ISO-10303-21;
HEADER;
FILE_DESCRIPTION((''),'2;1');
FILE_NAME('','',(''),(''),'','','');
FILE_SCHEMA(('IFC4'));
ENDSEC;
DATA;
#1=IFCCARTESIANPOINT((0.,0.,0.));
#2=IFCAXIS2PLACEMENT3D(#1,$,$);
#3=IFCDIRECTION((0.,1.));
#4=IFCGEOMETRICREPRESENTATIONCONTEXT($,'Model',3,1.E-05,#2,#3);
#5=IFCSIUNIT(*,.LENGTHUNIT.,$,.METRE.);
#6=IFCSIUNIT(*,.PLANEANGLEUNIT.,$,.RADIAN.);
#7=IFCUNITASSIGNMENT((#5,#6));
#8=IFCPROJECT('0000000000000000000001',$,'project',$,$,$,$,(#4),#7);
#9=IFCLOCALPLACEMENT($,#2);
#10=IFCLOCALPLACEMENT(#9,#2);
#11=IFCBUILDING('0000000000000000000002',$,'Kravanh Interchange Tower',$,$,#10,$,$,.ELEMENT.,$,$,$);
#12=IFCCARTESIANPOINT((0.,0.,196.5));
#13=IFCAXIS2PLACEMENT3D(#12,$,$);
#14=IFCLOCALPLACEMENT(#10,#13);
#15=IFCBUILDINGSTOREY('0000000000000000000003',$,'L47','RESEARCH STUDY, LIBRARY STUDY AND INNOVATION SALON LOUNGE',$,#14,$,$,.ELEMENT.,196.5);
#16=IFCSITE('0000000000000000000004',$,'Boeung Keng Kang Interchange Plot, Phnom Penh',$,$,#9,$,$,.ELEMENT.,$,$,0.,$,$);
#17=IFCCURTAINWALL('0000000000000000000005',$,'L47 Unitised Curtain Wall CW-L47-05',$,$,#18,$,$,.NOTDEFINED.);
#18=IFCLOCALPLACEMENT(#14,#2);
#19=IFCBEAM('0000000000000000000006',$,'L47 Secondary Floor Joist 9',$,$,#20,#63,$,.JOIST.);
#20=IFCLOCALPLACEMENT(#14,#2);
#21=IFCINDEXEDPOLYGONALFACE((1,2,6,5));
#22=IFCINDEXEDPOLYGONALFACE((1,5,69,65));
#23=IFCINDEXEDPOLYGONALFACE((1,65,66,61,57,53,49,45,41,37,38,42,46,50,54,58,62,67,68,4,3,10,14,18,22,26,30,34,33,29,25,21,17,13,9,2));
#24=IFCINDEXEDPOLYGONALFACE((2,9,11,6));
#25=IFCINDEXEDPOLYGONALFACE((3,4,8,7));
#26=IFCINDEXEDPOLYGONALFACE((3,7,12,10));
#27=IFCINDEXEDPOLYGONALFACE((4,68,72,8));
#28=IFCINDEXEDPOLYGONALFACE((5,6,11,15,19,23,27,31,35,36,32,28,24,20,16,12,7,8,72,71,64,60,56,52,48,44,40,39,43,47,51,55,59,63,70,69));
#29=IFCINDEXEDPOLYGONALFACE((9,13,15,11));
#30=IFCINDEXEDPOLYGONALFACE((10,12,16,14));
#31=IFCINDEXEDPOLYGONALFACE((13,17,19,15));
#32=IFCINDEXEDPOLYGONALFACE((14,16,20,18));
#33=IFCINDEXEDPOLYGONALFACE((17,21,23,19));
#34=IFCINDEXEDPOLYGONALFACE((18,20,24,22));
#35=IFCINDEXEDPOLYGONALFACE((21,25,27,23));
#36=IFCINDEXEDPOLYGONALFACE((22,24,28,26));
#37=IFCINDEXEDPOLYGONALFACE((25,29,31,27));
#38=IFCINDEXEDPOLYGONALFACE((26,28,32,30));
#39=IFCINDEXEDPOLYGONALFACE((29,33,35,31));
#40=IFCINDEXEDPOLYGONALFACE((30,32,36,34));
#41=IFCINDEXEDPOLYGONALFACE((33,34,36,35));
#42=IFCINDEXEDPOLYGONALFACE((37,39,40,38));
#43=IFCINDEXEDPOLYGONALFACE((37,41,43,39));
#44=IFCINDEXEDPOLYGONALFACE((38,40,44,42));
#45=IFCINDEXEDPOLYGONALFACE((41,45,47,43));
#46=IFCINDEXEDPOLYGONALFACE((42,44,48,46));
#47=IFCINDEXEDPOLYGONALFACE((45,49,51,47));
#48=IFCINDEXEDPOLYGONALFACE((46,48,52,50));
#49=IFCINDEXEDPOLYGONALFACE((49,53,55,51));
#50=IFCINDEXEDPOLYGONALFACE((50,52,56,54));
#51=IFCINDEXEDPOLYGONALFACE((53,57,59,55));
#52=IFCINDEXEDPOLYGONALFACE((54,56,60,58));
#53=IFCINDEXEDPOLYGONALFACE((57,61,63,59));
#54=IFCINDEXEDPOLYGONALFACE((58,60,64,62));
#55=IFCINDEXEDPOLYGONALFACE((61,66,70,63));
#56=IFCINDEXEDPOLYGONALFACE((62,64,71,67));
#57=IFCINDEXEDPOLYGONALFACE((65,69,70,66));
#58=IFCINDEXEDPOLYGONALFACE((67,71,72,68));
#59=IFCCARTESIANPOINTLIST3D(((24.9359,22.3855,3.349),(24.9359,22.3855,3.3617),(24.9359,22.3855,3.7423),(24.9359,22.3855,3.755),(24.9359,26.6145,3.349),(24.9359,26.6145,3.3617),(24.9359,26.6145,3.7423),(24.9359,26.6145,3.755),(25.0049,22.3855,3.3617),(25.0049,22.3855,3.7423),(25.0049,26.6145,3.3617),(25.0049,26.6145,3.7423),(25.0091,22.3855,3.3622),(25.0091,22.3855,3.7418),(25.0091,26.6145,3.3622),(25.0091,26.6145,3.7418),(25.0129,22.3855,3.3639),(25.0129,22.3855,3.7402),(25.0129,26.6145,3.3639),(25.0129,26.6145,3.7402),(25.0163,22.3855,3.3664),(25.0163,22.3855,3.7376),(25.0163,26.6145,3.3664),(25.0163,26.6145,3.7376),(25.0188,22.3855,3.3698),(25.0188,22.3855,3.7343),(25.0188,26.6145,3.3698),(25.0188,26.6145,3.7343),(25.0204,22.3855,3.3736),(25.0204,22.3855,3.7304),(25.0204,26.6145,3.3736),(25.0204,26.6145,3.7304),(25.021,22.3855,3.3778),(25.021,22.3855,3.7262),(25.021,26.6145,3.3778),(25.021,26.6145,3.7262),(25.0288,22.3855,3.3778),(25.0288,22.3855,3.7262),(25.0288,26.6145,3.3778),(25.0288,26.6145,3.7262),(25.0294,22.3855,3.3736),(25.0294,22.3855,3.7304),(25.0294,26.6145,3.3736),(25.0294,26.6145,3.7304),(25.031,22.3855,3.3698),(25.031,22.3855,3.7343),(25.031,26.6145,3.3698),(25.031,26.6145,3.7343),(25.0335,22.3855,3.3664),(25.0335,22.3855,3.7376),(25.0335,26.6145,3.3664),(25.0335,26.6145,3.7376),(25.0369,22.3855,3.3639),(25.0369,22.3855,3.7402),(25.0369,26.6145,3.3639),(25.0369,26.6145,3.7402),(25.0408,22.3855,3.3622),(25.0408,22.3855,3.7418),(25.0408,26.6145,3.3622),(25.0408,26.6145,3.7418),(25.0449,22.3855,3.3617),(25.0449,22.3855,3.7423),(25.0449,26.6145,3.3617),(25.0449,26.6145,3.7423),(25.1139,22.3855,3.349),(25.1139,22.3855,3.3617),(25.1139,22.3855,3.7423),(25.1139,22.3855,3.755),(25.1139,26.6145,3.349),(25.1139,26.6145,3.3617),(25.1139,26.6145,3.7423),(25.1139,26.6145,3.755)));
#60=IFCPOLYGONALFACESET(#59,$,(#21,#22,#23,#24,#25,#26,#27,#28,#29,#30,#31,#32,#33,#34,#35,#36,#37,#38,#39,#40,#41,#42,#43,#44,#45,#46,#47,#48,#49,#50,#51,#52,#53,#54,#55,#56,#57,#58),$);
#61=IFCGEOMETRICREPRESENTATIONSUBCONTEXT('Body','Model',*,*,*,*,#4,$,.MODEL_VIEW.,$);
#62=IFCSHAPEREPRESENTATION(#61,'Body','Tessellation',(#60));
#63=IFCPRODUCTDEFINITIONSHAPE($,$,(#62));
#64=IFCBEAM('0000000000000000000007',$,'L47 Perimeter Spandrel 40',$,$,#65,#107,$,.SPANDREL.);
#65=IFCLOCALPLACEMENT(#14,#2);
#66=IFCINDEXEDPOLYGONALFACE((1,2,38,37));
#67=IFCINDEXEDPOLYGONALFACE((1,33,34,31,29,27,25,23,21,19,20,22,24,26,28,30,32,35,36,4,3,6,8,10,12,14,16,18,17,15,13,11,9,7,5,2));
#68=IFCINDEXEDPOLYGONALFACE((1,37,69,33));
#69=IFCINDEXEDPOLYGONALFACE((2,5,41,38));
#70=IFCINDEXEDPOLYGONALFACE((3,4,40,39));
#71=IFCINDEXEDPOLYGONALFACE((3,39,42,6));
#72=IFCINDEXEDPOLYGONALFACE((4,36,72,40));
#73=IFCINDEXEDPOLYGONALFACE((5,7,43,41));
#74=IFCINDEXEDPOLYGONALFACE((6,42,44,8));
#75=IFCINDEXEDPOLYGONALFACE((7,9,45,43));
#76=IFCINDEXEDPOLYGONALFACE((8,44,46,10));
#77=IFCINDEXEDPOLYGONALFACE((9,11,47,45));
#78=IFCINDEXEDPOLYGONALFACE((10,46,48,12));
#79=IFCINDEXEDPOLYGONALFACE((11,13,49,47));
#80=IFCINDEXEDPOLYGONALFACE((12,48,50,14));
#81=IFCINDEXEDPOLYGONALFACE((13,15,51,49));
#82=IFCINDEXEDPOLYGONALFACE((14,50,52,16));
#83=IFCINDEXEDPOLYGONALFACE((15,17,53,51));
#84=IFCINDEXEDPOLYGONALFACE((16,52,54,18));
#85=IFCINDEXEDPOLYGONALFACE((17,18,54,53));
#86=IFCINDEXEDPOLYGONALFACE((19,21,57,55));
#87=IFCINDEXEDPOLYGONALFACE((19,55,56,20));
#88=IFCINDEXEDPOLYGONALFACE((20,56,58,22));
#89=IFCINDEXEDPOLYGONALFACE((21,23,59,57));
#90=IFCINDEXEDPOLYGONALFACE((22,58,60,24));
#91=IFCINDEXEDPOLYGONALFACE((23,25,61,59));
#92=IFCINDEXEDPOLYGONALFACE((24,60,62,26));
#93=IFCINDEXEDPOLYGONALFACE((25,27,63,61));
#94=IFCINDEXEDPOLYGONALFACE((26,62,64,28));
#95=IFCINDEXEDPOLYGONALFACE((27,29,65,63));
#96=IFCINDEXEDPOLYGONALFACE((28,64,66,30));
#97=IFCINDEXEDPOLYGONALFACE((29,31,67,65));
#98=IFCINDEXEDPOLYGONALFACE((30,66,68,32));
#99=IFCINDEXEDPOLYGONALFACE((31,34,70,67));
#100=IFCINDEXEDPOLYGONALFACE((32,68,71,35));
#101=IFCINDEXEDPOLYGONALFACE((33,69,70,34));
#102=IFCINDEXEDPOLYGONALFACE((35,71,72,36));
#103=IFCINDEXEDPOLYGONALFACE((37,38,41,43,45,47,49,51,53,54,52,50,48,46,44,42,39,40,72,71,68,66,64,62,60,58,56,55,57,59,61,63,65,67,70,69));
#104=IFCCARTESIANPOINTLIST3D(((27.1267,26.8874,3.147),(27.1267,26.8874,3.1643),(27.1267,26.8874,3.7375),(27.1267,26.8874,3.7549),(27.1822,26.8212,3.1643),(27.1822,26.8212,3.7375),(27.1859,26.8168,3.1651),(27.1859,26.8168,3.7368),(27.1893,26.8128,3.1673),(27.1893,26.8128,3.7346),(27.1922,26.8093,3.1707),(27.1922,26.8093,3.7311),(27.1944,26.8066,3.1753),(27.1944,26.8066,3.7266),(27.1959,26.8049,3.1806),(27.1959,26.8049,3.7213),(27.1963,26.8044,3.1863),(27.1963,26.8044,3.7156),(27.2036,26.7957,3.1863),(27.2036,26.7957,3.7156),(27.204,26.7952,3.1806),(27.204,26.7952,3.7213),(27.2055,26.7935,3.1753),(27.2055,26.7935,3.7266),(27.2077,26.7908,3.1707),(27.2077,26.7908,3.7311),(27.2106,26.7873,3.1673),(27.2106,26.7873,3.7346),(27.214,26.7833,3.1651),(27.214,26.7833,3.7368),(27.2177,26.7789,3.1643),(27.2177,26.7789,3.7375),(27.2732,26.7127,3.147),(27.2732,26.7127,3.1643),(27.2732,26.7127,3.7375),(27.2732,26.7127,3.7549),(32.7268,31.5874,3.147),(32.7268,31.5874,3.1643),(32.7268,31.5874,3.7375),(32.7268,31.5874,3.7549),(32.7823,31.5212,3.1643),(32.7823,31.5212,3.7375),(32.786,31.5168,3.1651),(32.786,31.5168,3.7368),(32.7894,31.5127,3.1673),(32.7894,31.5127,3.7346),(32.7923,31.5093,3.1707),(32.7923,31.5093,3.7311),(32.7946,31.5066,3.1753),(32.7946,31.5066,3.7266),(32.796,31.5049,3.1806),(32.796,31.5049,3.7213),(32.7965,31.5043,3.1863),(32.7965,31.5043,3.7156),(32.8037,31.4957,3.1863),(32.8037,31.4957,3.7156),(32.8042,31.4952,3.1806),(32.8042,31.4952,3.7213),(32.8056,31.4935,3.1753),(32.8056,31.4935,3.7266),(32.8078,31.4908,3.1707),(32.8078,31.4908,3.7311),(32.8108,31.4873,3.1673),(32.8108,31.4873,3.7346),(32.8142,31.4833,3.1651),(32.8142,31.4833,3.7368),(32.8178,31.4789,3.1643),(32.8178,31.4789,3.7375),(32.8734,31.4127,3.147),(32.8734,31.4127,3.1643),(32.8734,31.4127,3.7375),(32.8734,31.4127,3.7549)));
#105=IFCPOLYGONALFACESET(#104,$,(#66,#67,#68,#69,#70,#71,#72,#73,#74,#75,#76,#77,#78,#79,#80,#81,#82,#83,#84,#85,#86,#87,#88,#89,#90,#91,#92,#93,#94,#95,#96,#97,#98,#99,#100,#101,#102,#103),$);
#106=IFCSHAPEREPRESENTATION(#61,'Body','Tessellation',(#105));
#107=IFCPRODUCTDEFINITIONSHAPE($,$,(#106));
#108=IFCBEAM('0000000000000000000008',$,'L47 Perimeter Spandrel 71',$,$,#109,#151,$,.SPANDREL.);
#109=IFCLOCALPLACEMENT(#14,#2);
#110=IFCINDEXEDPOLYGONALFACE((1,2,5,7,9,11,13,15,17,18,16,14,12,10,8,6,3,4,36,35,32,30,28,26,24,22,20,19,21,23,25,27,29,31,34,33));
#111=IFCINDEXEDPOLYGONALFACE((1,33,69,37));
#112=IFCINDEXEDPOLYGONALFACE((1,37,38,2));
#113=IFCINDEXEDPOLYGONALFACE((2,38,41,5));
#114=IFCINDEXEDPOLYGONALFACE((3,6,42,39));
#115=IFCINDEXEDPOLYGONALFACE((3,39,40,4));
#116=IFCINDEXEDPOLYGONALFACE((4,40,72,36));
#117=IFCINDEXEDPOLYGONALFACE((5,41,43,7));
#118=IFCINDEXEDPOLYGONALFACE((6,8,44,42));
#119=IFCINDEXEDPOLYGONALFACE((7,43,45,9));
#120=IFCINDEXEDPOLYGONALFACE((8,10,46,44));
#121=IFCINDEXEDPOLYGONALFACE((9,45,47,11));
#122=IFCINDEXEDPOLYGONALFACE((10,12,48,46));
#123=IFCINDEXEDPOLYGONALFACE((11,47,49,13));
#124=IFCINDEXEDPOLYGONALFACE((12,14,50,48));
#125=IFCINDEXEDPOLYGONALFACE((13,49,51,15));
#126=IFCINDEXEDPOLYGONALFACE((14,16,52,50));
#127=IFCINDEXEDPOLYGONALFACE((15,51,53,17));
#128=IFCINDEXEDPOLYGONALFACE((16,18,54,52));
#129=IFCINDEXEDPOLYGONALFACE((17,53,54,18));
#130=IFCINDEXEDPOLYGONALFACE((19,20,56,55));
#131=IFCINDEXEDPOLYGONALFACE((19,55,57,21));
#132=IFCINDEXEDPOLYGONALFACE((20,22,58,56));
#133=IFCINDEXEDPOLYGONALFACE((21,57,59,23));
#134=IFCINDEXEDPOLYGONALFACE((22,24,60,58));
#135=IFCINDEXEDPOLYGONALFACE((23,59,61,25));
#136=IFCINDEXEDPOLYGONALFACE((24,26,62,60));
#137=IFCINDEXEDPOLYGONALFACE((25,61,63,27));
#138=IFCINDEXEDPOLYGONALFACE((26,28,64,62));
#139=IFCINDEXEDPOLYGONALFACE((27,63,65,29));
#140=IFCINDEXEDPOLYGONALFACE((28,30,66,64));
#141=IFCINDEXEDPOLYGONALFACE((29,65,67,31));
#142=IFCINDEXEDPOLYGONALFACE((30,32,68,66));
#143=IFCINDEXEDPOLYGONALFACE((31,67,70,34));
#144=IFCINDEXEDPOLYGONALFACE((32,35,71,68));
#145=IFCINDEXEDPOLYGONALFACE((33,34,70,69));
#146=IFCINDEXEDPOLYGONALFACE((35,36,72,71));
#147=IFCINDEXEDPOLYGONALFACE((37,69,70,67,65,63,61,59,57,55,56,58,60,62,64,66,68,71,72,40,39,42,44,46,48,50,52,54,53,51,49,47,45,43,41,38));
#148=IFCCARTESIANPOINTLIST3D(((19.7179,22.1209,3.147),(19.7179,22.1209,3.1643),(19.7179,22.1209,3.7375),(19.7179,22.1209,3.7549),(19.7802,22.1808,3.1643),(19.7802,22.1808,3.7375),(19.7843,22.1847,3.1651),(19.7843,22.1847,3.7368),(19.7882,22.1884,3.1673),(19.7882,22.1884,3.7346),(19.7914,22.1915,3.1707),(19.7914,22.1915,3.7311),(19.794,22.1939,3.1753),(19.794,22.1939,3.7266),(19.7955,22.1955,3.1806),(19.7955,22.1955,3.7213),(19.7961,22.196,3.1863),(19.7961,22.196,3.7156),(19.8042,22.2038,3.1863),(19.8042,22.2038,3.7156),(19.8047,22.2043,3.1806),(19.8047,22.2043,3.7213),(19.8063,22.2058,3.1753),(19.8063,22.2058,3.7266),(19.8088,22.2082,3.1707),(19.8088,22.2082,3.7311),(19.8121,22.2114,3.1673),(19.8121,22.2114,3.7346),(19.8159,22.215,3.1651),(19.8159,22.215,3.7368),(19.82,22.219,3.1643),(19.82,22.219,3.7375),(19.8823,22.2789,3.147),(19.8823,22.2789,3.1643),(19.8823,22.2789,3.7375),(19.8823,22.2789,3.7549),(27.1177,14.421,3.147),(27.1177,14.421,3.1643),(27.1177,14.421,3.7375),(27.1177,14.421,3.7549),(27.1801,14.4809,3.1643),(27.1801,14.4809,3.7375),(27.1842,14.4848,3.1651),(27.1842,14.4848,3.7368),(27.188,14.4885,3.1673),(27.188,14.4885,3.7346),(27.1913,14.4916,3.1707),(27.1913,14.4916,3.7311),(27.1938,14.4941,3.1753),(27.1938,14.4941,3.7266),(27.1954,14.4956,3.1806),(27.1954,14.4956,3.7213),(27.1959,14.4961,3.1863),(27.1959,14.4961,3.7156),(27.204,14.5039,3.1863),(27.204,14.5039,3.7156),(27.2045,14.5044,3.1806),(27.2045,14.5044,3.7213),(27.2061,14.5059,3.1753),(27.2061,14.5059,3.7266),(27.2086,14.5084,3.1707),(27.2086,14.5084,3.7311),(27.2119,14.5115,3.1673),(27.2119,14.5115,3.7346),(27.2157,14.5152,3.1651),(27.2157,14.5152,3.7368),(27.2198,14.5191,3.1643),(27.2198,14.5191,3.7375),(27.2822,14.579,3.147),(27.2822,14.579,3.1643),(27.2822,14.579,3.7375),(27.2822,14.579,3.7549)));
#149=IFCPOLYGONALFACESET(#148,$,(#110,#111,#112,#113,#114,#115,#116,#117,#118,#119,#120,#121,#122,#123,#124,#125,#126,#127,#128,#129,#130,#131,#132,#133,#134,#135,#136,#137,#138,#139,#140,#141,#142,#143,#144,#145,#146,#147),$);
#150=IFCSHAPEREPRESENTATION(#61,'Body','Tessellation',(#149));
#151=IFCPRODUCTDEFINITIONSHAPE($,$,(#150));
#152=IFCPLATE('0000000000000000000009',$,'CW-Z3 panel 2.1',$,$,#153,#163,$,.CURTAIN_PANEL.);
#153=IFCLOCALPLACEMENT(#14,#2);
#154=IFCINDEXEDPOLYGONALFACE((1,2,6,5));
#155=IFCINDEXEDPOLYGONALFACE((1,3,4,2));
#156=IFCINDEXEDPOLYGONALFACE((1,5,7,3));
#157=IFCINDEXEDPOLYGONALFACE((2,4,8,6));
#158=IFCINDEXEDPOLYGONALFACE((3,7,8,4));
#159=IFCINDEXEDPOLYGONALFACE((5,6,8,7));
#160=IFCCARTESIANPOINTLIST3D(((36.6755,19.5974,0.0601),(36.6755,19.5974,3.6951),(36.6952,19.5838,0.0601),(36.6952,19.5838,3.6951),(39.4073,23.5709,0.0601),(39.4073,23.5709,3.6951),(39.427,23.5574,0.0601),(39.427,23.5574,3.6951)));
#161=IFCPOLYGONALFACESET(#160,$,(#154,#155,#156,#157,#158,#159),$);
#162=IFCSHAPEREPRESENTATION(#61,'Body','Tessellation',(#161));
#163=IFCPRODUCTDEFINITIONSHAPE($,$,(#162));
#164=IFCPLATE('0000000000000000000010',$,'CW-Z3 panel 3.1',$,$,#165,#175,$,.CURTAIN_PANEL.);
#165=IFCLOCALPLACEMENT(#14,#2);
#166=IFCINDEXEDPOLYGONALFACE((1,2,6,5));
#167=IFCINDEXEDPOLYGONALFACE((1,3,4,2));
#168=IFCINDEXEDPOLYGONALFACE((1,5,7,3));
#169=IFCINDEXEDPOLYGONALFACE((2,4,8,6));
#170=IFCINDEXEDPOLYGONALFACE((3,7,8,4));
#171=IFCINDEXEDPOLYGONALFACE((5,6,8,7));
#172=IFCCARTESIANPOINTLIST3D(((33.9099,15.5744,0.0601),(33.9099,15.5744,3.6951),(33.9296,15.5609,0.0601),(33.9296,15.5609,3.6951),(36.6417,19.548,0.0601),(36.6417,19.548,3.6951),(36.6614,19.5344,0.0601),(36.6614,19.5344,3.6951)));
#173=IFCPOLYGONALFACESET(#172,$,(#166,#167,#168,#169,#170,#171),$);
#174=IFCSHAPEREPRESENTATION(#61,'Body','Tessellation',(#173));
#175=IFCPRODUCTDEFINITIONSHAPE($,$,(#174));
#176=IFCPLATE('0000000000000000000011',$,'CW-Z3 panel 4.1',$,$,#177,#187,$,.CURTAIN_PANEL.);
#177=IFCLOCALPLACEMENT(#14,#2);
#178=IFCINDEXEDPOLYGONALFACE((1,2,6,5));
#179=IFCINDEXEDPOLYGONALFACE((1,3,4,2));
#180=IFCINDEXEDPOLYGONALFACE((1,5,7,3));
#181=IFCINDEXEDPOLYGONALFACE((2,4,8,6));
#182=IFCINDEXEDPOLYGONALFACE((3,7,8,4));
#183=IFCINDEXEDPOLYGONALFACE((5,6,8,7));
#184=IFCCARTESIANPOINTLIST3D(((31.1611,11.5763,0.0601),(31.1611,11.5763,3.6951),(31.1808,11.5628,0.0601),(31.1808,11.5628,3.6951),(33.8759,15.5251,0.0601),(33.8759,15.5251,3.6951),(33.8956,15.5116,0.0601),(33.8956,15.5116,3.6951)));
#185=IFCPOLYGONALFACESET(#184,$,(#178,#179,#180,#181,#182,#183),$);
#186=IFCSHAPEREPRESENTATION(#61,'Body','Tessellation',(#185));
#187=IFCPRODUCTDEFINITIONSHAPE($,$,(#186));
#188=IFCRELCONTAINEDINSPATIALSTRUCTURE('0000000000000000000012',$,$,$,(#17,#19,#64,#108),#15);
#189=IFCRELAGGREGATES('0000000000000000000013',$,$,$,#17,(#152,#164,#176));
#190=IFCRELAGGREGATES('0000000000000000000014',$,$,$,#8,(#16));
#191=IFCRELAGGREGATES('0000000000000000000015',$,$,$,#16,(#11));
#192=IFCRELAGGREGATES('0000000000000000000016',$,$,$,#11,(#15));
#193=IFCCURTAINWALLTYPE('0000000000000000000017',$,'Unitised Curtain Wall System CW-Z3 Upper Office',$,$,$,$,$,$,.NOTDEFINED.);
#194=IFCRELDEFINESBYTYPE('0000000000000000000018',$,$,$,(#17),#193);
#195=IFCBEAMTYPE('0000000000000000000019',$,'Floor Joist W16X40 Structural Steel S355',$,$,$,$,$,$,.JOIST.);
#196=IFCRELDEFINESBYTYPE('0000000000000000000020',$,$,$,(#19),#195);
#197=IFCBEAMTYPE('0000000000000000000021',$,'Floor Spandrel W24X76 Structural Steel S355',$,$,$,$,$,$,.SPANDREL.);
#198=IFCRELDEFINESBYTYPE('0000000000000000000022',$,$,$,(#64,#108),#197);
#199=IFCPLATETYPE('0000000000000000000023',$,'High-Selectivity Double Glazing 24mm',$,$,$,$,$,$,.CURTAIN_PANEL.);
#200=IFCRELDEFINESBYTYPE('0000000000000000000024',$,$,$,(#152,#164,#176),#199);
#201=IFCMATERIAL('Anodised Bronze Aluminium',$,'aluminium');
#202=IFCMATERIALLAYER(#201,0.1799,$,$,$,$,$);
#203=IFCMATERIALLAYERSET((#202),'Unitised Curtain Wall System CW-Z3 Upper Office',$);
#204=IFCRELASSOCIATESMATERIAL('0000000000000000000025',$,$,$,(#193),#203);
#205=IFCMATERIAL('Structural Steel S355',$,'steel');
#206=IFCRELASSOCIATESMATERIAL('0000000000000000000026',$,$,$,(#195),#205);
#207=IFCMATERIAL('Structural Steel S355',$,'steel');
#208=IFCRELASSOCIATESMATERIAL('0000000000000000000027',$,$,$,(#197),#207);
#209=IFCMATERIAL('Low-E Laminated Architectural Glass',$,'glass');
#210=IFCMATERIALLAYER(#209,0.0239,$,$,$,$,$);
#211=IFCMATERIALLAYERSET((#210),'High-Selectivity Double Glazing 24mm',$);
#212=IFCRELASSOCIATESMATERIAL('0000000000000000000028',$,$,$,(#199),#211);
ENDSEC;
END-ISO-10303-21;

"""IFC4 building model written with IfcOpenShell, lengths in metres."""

from ifc_helpers import new_model, si_unit, direction, frame, origin, origin_2d, place, context, subcontext, project, spatial, rectangle, i_section, extrude, material, layer, layer_set, material_profile, profile_set, type_object, element, aggregate, save


model = new_model("IFC4")

# Units and contexts
model_context = context("Model", 3, precision=1e-05, world=origin(), true_north=direction((0.0, 1.0)))
body_context = subcontext(model_context, "Body", "Model", "MODEL_VIEW")
ifc_project = project(units=[si_unit("LENGTHUNIT", "METRE"), si_unit("PLANEANGLEUNIT", "RADIAN")], contexts=[model_context])

# Site, building, storey
site_placement = place(None, origin())
site = spatial("IfcSite", under=ifc_project, at=site_placement, Name="Boeung Keng Kang Interchange Plot, Phnom Penh", CompositionType="ELEMENT", RefElevation=0.0)
building_placement = place(site_placement, origin())
building = spatial("IfcBuilding", under=site, at=building_placement, Name="Kravanh Interchange Tower", CompositionType="ELEMENT")
storey_placement = place(building_placement, frame((0.0, 0.0, 196.5)))
storey = spatial("IfcBuildingStorey", under=building, at=storey_placement, Name="L47", Description="RESEARCH STUDY, LIBRARY STUDY AND INNOVATION SALON LOUNGE", CompositionType="ELEMENT", Elevation=196.5)

# Curtain wall
ifc_material_1 = material(Name="Anodised Bronze Aluminium", Category="aluminium")
ifc_layer_1 = layer(ifc_material_1, 0.1799)
ifc_layer_set_1 = layer_set([ifc_layer_1], Name="Unitised Curtain Wall System CW-Z3 Upper Office")
curtain_wall_type = type_object("IfcCurtainWallType", Name="Unitised Curtain Wall System CW-Z3 Upper Office", PredefinedType="NOTDEFINED", material=ifc_layer_set_1)
curtain_wall_1_placement = place(storey_placement, origin())
curtain_wall_1 = element("IfcCurtainWall", 1, at=curtain_wall_1_placement, inside=storey, type_object=curtain_wall_type, Name="L47 Unitised Curtain Wall CW-L47-05", PredefinedType="NOTDEFINED")

# Beams
ifc_material_2 = material(Name="Structural Steel S355", Category="steel")
ifc_material_profile_1 = material_profile(ifc_material_2, i_section(OverallWidth=0.178, OverallDepth=0.406, WebThickness=0.0078, FlangeThickness=0.0127, FilletRadius=0.0161, at=origin_2d()), Name="W16X40")
ifc_profile_set_1 = profile_set([ifc_material_profile_1], Name="Structural Steel S355")
beam_type_1 = type_object("IfcBeamType", Name="Floor Joist W16X40 Structural Steel S355", PredefinedType="JOIST", material=ifc_profile_set_1)
for number, where, z_axis, x_axis, name in (
    (2, (25.0249, 22.3855, 3.552), (0.0, 1.0, 0.0), (-1.0, 0.0, 0.0), "L47 Secondary Floor Joist 9"),
):
    element("IfcBeam", number, at=place(storey_placement, frame(where, z_axis=z_axis, x_axis=x_axis)), inside=storey, type_object=beam_type_1, Name=name, PredefinedType="JOIST", context=body_context, shape_type="SweptSolid", body=[
        extrude(i_section(OverallWidth=0.178, OverallDepth=0.406, WebThickness=0.0078, FlangeThickness=0.0127, FilletRadius=0.0161, at=origin_2d()), origin(), (0.0, 0.0, 1.0), 4.229),
    ])
ifc_material_3 = material(Name="Structural Steel S355", Category="steel")
ifc_material_profile_2 = material_profile(ifc_material_3, i_section(OverallWidth=0.228, OverallDepth=0.6079, WebThickness=0.0112, FlangeThickness=0.0173, FilletRadius=0.022, at=origin_2d()), Name="W24X76")
ifc_profile_set_2 = profile_set([ifc_material_profile_2], Name="Structural Steel S355")
beam_type_2 = type_object("IfcBeamType", Name="Floor Spandrel W24X76 Structural Steel S355", PredefinedType="SPANDREL", material=ifc_profile_set_2)
beam_1_placement = place(storey_placement, frame((27.2, 26.8, 3.4509), z_axis=(0.765983, 0.642861, 0.0), x_axis=(-0.642861, 0.765983, 0.0)))
element("IfcBeam", 3, at=beam_1_placement, inside=storey, type_object=beam_type_2, Name="L47 Perimeter Spandrel 40", PredefinedType="SPANDREL", context=body_context, shape_type="SweptSolid", body=[
    extrude(i_section(OverallWidth=0.228, OverallDepth=0.6079, WebThickness=0.0112, FlangeThickness=0.0173, FilletRadius=0.022, at=origin_2d()), origin(), (0.0, 0.0, 1.0), 7.311),
])
beam_2_placement = place(storey_placement, frame((27.2, 14.5, 3.4509), z_axis=(-0.692919, 0.721015, 0.0), x_axis=(-0.721015, -0.692919, 0.0)))
element("IfcBeam", 4, at=beam_2_placement, inside=storey, type_object=beam_type_2, Name="L47 Perimeter Spandrel 71", PredefinedType="SPANDREL", context=body_context, shape_type="SweptSolid", body=[
    extrude(i_section(OverallWidth=0.228, OverallDepth=0.6079, WebThickness=0.0112, FlangeThickness=0.0173, FilletRadius=0.022, at=origin_2d()), origin(), (0.0, 0.0, 1.0), 10.6792),
])

# Plates
ifc_material_4 = material(Name="Low-E Laminated Architectural Glass", Category="glass")
ifc_layer_2 = layer(ifc_material_4, 0.0239)
ifc_layer_set_2 = layer_set([ifc_layer_2], Name="High-Selectivity Double Glazing 24mm")
plate_type = type_object("IfcPlateType", Name="High-Selectivity Double Glazing 24mm", PredefinedType="CURTAIN_PANEL", material=ifc_layer_set_2)
plate_1_placement = place(storey_placement, frame((38.0513, 21.5774, 0.0601), z_axis=(0.0, 0.0, 1.0), x_axis=(-0.566528, -0.824042, 0.0)))
plate_1 = element("IfcPlate", 5, at=plate_1_placement, type_object=plate_type, Name="CW-Z3 panel 2.1", PredefinedType="CURTAIN_PANEL", context=body_context, shape_type="SweptSolid", body=[
    extrude(rectangle(XDim=4.822, YDim=0.0239, at=origin_2d()), origin(), (0.0, 0.0, 1.0), 3.635),
])
plate_2_placement = place(storey_placement, frame((35.2856, 17.5544, 0.0601), z_axis=(0.0, 0.0, 1.0), x_axis=(-0.566528, -0.824042, 0.0)))
plate_2 = element("IfcPlate", 6, at=plate_2_placement, type_object=plate_type, Name="CW-Z3 panel 3.1", PredefinedType="CURTAIN_PANEL", context=body_context, shape_type="SweptSolid", body=[
    extrude(rectangle(XDim=4.822, YDim=0.0239, at=origin_2d()), origin(), (0.0, 0.0, 1.0), 3.635),
])
plate_3_placement = place(storey_placement, frame((32.5283, 13.5439, 0.0601), z_axis=(0.0, 0.0, 1.0), x_axis=(-0.566528, -0.824042, 0.0)))
plate_3 = element("IfcPlate", 7, at=plate_3_placement, type_object=plate_type, Name="CW-Z3 panel 4.1", PredefinedType="CURTAIN_PANEL", context=body_context, shape_type="SweptSolid", body=[
    extrude(rectangle(XDim=4.792, YDim=0.0239, at=origin_2d()), origin(), (0.0, 0.0, 1.0), 3.635),
])
aggregate(curtain_wall_1, [plate_1, plate_2, plate_3])

save(model, "model.ifc")
